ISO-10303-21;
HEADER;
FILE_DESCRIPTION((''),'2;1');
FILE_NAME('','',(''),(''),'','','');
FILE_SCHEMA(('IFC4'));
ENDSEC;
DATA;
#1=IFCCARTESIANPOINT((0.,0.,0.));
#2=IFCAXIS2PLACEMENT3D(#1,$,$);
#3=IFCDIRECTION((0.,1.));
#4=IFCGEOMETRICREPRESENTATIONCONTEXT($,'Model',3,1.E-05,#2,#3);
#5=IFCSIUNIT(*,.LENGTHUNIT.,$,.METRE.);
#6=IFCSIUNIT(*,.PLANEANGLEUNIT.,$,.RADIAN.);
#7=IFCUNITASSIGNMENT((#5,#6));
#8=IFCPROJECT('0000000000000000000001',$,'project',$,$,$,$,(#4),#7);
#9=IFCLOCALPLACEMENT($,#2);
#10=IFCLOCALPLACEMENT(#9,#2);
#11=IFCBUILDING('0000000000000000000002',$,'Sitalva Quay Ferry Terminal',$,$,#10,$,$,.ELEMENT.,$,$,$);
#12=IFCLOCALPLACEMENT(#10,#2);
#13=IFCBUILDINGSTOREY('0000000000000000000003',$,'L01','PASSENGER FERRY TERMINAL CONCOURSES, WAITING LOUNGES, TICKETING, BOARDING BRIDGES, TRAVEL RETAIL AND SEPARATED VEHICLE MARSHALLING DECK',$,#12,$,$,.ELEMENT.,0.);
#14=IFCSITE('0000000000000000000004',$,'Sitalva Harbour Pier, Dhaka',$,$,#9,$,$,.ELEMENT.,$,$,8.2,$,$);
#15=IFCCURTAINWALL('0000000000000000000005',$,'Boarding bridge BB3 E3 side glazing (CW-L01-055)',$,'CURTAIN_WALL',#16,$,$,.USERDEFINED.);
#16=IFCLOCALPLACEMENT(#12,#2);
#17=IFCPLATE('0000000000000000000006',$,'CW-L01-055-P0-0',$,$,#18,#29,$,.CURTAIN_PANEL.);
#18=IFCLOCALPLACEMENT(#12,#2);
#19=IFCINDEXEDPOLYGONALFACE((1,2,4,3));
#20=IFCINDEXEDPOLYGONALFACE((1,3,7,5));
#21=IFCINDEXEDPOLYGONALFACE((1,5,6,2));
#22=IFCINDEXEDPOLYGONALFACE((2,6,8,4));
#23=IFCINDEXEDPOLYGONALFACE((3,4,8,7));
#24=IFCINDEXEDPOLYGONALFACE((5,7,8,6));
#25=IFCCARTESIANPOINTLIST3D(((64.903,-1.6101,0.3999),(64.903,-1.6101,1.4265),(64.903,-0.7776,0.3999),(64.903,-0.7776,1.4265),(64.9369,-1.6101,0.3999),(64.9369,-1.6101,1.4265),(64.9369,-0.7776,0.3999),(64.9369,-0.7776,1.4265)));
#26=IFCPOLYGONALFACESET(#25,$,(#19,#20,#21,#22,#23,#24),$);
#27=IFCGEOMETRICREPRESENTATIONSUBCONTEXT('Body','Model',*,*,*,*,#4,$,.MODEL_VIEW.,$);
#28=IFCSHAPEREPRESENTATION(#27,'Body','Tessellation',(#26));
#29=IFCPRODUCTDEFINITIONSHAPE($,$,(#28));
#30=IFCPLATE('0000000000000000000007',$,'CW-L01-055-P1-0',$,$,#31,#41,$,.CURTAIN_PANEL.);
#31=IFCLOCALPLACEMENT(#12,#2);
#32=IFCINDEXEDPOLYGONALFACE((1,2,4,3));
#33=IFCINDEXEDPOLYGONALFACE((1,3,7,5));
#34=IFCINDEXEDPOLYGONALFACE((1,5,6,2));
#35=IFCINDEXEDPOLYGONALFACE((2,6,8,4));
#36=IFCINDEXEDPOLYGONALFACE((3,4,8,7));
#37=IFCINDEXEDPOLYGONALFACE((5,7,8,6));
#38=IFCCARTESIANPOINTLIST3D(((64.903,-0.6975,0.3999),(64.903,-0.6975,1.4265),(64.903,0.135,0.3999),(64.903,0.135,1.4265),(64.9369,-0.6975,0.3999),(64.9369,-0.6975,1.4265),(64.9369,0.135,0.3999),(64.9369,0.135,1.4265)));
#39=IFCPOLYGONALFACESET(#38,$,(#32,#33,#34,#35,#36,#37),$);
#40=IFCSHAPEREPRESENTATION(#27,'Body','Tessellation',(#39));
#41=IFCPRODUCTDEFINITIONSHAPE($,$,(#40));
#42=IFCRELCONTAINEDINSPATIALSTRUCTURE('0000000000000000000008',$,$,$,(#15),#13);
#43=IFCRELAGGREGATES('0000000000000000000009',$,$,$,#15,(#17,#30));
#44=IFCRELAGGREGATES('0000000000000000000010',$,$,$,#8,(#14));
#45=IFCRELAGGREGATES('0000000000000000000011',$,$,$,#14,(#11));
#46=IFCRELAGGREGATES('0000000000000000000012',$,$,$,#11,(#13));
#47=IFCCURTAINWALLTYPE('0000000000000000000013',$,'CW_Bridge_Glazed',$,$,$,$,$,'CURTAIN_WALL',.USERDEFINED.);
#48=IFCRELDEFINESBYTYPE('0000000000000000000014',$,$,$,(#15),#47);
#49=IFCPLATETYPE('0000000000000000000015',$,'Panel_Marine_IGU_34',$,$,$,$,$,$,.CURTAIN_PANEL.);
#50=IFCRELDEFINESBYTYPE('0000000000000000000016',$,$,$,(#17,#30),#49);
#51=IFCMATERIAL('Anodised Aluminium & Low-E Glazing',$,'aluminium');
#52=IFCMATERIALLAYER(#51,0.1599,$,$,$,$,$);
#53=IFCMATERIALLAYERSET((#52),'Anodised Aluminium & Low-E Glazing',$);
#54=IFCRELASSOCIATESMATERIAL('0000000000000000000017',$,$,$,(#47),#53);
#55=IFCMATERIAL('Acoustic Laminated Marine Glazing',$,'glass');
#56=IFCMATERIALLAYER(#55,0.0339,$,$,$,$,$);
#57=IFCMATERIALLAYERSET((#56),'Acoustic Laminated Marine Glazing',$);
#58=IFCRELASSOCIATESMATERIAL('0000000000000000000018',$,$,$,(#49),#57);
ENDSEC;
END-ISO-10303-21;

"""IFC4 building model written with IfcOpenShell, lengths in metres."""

from ifc_helpers import new_model, si_unit, direction, frame, origin, origin_2d, place, context, subcontext, project, spatial, rectangle, extrude, material, layer, layer_set, type_object, element, aggregate, save


model = new_model("IFC4")

# Units and contexts
model_context = context("Model", 3, precision=1e-05, world=origin(), true_north=direction((0.0, 1.0)))
body_context = subcontext(model_context, "Body", "Model", "MODEL_VIEW")
ifc_project = project(units=[si_unit("LENGTHUNIT", "METRE"), si_unit("PLANEANGLEUNIT", "RADIAN")], contexts=[model_context])

# Site, building, storey
site_placement = place(None, origin())
site = spatial("IfcSite", under=ifc_project, at=site_placement, Name="Sitalva Harbour Pier, Dhaka", CompositionType="ELEMENT", RefElevation=8.2)
building_placement = place(site_placement, origin())
building = spatial("IfcBuilding", under=site, at=building_placement, Name="Sitalva Quay Ferry Terminal", CompositionType="ELEMENT")
storey_placement = place(building_placement, origin())
storey = spatial("IfcBuildingStorey", under=building, at=storey_placement, Name="L01", Description="PASSENGER FERRY TERMINAL CONCOURSES, WAITING LOUNGES, TICKETING, BOARDING BRIDGES, TRAVEL RETAIL AND SEPARATED VEHICLE MARSHALLING DECK", CompositionType="ELEMENT", Elevation=0.0)

# Curtain wall
ifc_material_1 = material(Name="Anodised Aluminium & Low-E Glazing", Category="aluminium")
ifc_layer_1 = layer(ifc_material_1, 0.1599)
ifc_layer_set_1 = layer_set([ifc_layer_1], Name="Anodised Aluminium & Low-E Glazing")
curtain_wall_type = type_object("IfcCurtainWallType", Name="CW_Bridge_Glazed", ElementType="CURTAIN_WALL", PredefinedType="USERDEFINED", material=ifc_layer_set_1)
curtain_wall_1_placement = place(storey_placement, origin())
curtain_wall_1 = element("IfcCurtainWall", 1, at=curtain_wall_1_placement, inside=storey, type_object=curtain_wall_type, Name="Boarding bridge BB3 E3 side glazing (CW-L01-055)", ObjectType="CURTAIN_WALL", PredefinedType="USERDEFINED")

# Plates
ifc_material_2 = material(Name="Acoustic Laminated Marine Glazing", Category="glass")
ifc_layer_2 = layer(ifc_material_2, 0.0339)
ifc_layer_set_2 = layer_set([ifc_layer_2], Name="Acoustic Laminated Marine Glazing")
plate_type_1 = type_object("IfcPlateType", Name="Panel_Marine_IGU_34", PredefinedType="CURTAIN_PANEL", material=ifc_layer_set_2)
plate_1_placement = place(storey_placement, frame((64.9199, -1.1938, 0.3999), z_axis=(0.0, 0.0, 1.0), x_axis=(0.0, 1.0, 0.0)))
plate_1 = element("IfcPlate", 2, at=plate_1_placement, type_object=plate_type_1, Name="CW-L01-055-P0-0", PredefinedType="CURTAIN_PANEL", context=body_context, shape_type="SweptSolid", body=[
    extrude(rectangle(XDim=0.8325, YDim=0.0339, at=origin_2d()), origin(), (0.0, 0.0, 1.0), 1.0266),
])
plate_2_placement = place(storey_placement, frame((64.9199, -0.2812, 0.3999), z_axis=(0.0, 0.0, 1.0), x_axis=(0.0, 1.0, 0.0)))
plate_2 = element("IfcPlate", 3, at=plate_2_placement, type_object=plate_type_1, Name="CW-L01-055-P1-0", PredefinedType="CURTAIN_PANEL", context=body_context, shape_type="SweptSolid", body=[
    extrude(rectangle(XDim=0.8325, YDim=0.0339, at=origin_2d()), origin(), (0.0, 0.0, 1.0), 1.0266),
])
aggregate(curtain_wall_1, [plate_1, plate_2])

save(model, "model.ifc")
